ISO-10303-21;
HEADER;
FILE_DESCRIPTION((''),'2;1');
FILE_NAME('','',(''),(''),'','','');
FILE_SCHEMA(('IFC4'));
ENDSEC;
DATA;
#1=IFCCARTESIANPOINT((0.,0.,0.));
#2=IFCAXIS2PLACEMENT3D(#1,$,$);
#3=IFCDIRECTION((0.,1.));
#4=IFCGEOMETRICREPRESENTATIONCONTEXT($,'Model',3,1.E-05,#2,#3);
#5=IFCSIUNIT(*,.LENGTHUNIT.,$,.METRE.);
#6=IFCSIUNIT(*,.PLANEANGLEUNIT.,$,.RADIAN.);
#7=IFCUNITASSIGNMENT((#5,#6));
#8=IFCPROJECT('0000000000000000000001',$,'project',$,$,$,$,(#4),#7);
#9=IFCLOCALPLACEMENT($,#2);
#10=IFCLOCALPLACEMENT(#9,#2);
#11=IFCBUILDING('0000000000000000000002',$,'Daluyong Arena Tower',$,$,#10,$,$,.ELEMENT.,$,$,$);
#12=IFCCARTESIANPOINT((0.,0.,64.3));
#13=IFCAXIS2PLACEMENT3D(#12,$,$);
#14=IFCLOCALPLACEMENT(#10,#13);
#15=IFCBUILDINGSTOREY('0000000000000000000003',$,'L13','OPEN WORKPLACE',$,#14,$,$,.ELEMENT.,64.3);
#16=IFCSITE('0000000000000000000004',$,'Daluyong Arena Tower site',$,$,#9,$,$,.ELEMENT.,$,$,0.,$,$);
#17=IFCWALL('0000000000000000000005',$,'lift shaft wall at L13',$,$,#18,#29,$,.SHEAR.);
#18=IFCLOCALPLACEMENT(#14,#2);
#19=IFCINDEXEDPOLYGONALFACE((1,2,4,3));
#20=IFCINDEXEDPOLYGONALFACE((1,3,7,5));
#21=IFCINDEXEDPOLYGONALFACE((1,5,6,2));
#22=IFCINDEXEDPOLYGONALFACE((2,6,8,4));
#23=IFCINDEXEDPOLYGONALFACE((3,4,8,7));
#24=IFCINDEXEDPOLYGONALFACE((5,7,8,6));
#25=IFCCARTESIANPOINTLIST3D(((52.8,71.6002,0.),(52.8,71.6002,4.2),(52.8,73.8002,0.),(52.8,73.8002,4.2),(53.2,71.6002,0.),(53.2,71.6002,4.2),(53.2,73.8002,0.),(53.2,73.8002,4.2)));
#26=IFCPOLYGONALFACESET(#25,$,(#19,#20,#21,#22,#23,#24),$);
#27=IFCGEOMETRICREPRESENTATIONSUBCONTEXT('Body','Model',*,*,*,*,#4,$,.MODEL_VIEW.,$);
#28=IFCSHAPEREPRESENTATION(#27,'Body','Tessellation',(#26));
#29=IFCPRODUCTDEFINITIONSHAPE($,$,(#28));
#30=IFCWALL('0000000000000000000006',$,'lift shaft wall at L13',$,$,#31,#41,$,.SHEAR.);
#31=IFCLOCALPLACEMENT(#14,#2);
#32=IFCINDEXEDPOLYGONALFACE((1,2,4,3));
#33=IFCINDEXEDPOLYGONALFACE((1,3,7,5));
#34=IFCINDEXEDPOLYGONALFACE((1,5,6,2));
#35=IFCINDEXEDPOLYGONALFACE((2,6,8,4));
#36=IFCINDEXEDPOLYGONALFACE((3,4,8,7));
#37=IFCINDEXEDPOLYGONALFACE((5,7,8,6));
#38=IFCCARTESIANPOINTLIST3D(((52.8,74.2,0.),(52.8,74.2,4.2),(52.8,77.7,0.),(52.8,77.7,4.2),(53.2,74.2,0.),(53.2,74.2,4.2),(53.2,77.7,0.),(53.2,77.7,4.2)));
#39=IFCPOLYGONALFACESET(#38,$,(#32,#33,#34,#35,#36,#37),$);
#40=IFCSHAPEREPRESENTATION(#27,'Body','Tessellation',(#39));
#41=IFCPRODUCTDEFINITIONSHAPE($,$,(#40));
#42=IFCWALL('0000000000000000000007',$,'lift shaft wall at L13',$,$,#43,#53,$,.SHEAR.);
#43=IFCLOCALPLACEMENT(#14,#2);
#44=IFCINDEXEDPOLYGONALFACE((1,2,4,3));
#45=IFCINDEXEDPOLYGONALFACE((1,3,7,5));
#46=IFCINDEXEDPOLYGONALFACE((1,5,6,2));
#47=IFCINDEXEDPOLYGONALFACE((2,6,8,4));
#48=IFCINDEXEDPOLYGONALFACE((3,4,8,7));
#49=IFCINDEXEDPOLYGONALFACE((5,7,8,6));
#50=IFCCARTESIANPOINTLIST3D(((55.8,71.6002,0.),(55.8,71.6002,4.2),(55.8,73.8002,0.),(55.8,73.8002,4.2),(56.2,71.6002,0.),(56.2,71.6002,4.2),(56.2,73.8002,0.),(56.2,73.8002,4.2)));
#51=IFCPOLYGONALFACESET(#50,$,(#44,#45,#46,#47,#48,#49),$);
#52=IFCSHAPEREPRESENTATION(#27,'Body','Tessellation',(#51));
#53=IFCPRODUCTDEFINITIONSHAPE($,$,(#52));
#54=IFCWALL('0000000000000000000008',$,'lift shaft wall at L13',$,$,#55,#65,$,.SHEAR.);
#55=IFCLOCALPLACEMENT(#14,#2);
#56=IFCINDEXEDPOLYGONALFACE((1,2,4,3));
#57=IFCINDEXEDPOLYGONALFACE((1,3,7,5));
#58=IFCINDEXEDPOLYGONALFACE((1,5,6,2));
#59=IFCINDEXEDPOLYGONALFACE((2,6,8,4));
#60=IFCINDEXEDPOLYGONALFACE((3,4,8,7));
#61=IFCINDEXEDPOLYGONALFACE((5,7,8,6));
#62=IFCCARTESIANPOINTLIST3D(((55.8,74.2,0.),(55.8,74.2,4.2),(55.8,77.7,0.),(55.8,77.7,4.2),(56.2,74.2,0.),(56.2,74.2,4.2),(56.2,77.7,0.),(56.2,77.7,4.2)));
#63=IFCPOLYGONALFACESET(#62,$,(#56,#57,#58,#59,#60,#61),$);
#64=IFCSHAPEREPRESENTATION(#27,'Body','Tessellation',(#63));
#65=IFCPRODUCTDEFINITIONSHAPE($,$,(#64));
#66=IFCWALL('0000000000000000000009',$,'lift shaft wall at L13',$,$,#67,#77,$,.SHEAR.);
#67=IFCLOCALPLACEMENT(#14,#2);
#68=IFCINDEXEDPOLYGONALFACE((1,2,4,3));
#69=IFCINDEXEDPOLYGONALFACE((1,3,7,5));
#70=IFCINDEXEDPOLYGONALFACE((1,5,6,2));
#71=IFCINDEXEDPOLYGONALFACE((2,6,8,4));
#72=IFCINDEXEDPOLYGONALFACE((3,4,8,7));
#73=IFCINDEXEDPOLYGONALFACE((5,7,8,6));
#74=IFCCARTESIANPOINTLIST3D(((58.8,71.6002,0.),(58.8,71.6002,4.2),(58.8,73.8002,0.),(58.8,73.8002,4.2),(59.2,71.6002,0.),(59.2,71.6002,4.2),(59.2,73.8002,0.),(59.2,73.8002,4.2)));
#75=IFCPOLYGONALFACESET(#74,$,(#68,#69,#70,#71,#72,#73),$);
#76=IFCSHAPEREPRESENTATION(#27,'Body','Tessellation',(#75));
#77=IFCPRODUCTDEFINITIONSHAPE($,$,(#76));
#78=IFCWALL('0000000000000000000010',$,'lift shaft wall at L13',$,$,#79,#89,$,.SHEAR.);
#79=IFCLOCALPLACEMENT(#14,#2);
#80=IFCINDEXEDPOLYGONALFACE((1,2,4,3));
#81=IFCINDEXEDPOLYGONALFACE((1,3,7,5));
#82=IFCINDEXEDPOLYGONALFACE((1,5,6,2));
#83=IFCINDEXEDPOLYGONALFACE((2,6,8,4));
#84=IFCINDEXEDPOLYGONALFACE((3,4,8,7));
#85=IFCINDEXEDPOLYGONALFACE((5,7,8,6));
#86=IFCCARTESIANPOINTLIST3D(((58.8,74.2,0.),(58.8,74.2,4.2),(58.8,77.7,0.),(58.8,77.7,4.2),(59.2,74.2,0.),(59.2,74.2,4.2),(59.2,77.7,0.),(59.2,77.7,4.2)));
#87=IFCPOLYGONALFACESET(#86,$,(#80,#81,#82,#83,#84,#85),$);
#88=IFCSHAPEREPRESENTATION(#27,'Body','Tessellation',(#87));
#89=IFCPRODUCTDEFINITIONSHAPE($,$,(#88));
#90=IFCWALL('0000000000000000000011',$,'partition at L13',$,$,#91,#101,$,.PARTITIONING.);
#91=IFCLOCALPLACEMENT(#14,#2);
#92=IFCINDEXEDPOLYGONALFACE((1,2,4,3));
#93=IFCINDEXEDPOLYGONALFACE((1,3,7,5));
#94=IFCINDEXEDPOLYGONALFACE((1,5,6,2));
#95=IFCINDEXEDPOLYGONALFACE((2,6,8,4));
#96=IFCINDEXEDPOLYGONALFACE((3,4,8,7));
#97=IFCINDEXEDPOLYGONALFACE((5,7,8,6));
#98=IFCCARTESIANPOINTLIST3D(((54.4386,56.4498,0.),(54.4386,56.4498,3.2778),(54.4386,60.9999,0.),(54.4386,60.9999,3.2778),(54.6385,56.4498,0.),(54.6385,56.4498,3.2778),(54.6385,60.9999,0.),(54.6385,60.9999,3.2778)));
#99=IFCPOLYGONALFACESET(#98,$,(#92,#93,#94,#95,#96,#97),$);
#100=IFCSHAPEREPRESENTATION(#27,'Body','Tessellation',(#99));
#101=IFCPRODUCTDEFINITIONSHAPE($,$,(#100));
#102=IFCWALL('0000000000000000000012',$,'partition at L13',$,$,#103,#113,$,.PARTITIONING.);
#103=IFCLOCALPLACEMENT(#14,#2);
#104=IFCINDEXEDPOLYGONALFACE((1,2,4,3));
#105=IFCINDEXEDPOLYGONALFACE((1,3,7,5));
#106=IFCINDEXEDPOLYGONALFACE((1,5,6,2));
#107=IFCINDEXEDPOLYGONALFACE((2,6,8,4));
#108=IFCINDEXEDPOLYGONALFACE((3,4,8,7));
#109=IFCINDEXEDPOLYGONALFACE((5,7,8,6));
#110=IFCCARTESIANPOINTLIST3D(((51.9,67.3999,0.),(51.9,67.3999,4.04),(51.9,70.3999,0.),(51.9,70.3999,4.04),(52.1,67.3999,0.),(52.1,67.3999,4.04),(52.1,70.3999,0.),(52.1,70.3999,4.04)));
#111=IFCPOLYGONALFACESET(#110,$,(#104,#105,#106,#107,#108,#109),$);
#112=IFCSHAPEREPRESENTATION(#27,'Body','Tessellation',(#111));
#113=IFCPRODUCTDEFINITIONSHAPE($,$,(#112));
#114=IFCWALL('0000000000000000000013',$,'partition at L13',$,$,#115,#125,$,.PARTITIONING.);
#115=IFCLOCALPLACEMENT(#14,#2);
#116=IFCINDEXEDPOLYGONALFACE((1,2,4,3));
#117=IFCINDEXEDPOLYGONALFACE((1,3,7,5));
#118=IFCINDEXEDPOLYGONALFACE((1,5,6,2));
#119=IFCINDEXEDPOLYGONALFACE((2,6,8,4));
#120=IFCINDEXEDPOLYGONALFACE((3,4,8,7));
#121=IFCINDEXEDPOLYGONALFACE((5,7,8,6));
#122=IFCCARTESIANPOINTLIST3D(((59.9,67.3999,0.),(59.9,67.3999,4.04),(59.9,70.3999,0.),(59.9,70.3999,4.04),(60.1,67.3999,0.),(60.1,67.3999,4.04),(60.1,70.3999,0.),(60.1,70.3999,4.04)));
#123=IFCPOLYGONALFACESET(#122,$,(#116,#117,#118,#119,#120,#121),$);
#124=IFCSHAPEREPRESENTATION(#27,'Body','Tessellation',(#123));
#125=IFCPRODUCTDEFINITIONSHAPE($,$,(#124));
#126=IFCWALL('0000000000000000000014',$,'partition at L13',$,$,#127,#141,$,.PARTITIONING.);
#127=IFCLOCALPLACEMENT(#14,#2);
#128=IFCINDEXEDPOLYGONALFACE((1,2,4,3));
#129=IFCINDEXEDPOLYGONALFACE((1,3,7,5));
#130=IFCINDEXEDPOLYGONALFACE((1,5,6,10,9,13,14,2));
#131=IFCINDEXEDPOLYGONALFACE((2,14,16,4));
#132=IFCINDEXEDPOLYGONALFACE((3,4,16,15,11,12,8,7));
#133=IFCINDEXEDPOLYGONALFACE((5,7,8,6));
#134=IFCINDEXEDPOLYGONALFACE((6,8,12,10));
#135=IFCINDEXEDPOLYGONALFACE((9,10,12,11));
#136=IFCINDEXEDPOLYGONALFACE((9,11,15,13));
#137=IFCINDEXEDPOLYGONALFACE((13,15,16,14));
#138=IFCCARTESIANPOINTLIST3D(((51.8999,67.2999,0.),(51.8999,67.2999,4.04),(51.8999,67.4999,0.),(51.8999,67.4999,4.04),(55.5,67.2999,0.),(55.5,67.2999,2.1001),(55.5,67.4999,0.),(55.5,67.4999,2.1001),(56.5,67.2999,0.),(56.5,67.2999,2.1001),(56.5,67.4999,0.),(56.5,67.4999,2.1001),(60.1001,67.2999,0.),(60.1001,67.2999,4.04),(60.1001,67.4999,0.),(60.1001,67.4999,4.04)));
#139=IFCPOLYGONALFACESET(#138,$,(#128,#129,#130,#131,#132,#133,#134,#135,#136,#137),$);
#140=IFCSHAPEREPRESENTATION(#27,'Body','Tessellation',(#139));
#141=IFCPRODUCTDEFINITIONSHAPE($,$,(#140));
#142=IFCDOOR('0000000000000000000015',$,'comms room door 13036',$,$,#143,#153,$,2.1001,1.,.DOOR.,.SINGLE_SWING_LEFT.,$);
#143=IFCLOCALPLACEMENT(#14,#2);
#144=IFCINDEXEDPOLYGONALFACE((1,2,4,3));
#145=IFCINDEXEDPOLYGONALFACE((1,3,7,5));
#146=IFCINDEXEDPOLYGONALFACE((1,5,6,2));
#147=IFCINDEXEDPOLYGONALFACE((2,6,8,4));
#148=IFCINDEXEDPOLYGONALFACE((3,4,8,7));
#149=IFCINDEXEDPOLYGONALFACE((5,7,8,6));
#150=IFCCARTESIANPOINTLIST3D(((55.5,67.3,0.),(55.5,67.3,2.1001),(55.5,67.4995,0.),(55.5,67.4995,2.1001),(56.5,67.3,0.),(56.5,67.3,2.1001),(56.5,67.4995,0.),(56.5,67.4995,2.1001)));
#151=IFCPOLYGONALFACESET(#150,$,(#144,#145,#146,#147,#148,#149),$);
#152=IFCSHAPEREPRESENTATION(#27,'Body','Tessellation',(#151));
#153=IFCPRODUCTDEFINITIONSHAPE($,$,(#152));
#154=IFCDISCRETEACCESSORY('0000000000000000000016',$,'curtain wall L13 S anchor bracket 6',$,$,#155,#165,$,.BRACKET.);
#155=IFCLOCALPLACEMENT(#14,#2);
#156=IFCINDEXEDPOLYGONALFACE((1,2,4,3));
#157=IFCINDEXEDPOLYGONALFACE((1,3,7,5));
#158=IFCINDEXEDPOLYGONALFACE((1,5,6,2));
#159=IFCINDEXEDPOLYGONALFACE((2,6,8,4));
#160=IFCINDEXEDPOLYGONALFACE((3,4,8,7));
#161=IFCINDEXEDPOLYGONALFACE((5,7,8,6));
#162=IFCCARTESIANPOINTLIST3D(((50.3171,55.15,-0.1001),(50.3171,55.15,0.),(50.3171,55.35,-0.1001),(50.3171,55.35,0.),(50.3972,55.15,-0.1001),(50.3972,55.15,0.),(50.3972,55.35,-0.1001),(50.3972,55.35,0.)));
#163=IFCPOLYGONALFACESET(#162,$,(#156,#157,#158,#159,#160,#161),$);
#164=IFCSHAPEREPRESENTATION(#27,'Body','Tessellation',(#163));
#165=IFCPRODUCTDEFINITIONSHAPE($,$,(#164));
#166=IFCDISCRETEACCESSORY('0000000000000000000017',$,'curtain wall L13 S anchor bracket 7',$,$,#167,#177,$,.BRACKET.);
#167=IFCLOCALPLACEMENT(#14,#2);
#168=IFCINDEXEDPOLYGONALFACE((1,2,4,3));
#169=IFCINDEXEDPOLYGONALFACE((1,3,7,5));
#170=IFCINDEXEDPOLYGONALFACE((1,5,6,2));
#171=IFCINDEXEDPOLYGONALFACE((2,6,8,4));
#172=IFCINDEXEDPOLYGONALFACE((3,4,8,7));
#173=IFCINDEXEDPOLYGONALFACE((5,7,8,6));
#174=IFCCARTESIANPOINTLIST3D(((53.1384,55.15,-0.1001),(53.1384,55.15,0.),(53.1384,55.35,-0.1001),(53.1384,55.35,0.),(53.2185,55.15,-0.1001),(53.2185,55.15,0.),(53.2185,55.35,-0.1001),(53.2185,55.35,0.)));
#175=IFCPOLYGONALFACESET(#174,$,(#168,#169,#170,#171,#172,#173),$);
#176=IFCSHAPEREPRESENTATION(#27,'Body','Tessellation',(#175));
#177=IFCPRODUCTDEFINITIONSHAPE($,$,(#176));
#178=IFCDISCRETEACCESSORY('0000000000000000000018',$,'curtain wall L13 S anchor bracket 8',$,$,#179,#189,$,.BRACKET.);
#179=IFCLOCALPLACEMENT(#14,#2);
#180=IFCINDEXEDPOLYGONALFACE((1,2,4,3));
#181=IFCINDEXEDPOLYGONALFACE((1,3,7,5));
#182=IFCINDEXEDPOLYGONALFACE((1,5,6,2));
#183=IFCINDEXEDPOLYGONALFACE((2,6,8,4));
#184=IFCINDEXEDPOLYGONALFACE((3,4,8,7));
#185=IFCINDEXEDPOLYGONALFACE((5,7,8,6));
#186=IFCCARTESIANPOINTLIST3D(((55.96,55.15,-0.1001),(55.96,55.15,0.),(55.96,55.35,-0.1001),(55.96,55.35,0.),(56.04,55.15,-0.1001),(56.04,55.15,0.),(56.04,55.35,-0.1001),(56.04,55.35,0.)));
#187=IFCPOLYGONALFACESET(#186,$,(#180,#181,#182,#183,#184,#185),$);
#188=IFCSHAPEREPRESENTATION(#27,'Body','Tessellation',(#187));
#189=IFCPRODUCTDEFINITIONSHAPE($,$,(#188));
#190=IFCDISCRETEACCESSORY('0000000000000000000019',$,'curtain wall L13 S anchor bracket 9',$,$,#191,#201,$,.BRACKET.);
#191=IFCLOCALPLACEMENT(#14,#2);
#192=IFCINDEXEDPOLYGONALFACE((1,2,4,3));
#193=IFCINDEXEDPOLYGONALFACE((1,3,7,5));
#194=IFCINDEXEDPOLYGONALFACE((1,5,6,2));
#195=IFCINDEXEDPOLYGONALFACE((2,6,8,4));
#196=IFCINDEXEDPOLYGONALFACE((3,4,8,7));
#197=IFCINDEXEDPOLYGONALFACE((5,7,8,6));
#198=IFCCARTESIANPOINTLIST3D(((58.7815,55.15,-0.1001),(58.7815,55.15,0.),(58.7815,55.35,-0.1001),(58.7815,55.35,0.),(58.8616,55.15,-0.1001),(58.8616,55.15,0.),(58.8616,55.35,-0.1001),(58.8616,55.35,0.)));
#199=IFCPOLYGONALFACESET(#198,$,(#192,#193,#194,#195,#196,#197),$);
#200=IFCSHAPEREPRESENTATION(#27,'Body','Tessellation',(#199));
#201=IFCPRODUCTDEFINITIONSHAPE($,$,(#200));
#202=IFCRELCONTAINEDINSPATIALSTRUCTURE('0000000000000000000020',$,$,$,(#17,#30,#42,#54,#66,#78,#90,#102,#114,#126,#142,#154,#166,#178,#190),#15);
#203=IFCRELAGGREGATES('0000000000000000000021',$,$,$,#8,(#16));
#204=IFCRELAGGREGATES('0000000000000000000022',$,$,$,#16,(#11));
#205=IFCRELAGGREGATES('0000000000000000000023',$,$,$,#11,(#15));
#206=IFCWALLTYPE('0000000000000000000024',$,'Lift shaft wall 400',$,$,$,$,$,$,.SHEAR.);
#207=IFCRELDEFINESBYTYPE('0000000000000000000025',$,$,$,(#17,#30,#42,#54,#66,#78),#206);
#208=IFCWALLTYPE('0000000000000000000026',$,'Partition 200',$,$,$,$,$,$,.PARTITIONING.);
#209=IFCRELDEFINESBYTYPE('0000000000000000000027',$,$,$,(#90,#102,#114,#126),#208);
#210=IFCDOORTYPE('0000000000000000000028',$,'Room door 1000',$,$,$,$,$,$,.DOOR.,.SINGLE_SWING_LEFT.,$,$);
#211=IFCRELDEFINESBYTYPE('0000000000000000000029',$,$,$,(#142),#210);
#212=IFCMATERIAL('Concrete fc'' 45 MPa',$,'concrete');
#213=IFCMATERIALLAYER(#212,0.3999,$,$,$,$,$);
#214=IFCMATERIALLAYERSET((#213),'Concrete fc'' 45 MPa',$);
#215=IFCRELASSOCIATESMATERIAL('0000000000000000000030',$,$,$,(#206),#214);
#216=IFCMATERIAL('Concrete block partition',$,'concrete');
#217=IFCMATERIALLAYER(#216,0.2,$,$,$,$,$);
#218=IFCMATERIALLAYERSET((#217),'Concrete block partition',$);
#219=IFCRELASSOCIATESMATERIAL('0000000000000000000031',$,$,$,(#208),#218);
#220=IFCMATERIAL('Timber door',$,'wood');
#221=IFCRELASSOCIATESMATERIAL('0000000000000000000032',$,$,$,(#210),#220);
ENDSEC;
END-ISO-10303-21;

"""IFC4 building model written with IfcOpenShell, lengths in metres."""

from ifc_helpers import new_model, si_unit, direction, frame, frame_2d, origin, origin_2d, place, context, subcontext, project, spatial, rectangle, extrude, material, layer, layer_set, type_object, element, fill, save


model = new_model("IFC4")

# Units and contexts
model_context = context("Model", 3, precision=1e-05, world=origin(), true_north=direction((0.0, 1.0)))
body_context = subcontext(model_context, "Body", "Model", "MODEL_VIEW")
ifc_project = project(units=[si_unit("LENGTHUNIT", "METRE"), si_unit("PLANEANGLEUNIT", "RADIAN")], contexts=[model_context])

# Site, building, storey
site_placement = place(None, origin())
site = spatial("IfcSite", under=ifc_project, at=site_placement, Name="Daluyong Arena Tower site", CompositionType="ELEMENT", RefElevation=0.0)
building_placement = place(site_placement, origin())
building = spatial("IfcBuilding", under=site, at=building_placement, Name="Daluyong Arena Tower", CompositionType="ELEMENT")
storey_placement = place(building_placement, frame((0.0, 0.0, 64.3)))
storey = spatial("IfcBuildingStorey", under=building, at=storey_placement, Name="L13", Description="OPEN WORKPLACE", CompositionType="ELEMENT", Elevation=64.3)

# Walls
ifc_material_1 = material(Name="Concrete fc' 45 MPa", Category="concrete")
ifc_layer_1 = layer(ifc_material_1, 0.3999)
ifc_layer_set_1 = layer_set([ifc_layer_1], Name="Concrete fc' 45 MPa")
wall_type_1 = type_object("IfcWallType", Name="Lift shaft wall 400", PredefinedType="SHEAR", material=ifc_layer_set_1)
wall_1_placement = place(storey_placement, frame((53.0, 71.6001, 0.0), z_axis=(0.0, 0.0, 1.0), x_axis=(0.0, 1.0, 0.0)))
element("IfcWall", 1, at=wall_1_placement, inside=storey, type_object=wall_type_1, Name="lift shaft wall at L13", PredefinedType="SHEAR", context=body_context, shape_type="SweptSolid", body=[
    extrude(rectangle(XDim=2.2, YDim=0.3999, at=frame_2d((1.1001, 0.0))), origin(), (0.0, 0.0, 1.0), 4.2),
])
wall_2_placement = place(storey_placement, frame((53.0, 74.2, 0.0), z_axis=(0.0, 0.0, 1.0), x_axis=(0.0, 1.0, 0.0)))
element("IfcWall", 2, at=wall_2_placement, inside=storey, type_object=wall_type_1, Name="lift shaft wall at L13", PredefinedType="SHEAR", context=body_context, shape_type="SweptSolid", body=[
    extrude(rectangle(XDim=3.5, YDim=0.3999, at=frame_2d((1.75, 0.0))), origin(), (0.0, 0.0, 1.0), 4.2),
])
wall_3_placement = place(storey_placement, frame((56.0, 71.6001, 0.0), z_axis=(0.0, 0.0, 1.0), x_axis=(0.0, 1.0, 0.0)))
element("IfcWall", 3, at=wall_3_placement, inside=storey, type_object=wall_type_1, Name="lift shaft wall at L13", PredefinedType="SHEAR", context=body_context, shape_type="SweptSolid", body=[
    extrude(rectangle(XDim=2.2, YDim=0.3999, at=frame_2d((1.1001, 0.0))), origin(), (0.0, 0.0, 1.0), 4.2),
])
wall_4_placement = place(storey_placement, frame((56.0, 74.2, 0.0), z_axis=(0.0, 0.0, 1.0), x_axis=(0.0, 1.0, 0.0)))
element("IfcWall", 4, at=wall_4_placement, inside=storey, type_object=wall_type_1, Name="lift shaft wall at L13", PredefinedType="SHEAR", context=body_context, shape_type="SweptSolid", body=[
    extrude(rectangle(XDim=3.5, YDim=0.3999, at=frame_2d((1.75, 0.0))), origin(), (0.0, 0.0, 1.0), 4.2),
])
wall_5_placement = place(storey_placement, frame((59.0, 71.6001, 0.0), z_axis=(0.0, 0.0, 1.0), x_axis=(0.0, 1.0, 0.0)))
element("IfcWall", 5, at=wall_5_placement, inside=storey, type_object=wall_type_1, Name="lift shaft wall at L13", PredefinedType="SHEAR", context=body_context, shape_type="SweptSolid", body=[
    extrude(rectangle(XDim=2.2, YDim=0.3999, at=frame_2d((1.1001, 0.0))), origin(), (0.0, 0.0, 1.0), 4.2),
])
wall_6_placement = place(storey_placement, frame((59.0, 74.2, 0.0), z_axis=(0.0, 0.0, 1.0), x_axis=(0.0, 1.0, 0.0)))
element("IfcWall", 6, at=wall_6_placement, inside=storey, type_object=wall_type_1, Name="lift shaft wall at L13", PredefinedType="SHEAR", context=body_context, shape_type="SweptSolid", body=[
    extrude(rectangle(XDim=3.5, YDim=0.3999, at=frame_2d((1.75, 0.0))), origin(), (0.0, 0.0, 1.0), 4.2),
])
ifc_material_2 = material(Name="Concrete block partition", Category="concrete")
ifc_layer_2 = layer(ifc_material_2, 0.2)
ifc_layer_set_2 = layer_set([ifc_layer_2], Name="Concrete block partition")
wall_type_2 = type_object("IfcWallType", Name="Partition 200", PredefinedType="PARTITIONING", material=ifc_layer_set_2)
wall_7_placement = place(storey_placement, frame((54.5386, 56.45, 0.0), z_axis=(0.0, 0.0, 1.0), x_axis=(0.0, 1.0, 0.0)))
element("IfcWall", 7, at=wall_7_placement, inside=storey, type_object=wall_type_2, Name="partition at L13", PredefinedType="PARTITIONING", context=body_context, shape_type="SweptSolid", body=[
    extrude(rectangle(XDim=4.55, YDim=0.2, at=frame_2d((2.2749, 0.0))), origin(), (0.0, 0.0, 1.0), 3.2778),
])
for number, where, z_axis, x_axis, name in (
    (8, (52.0, 67.3999, 0.0), (0.0, 0.0, 1.0), (0.0, 1.0, 0.0), "partition at L13"),
    (9, (60.0, 67.3999, 0.0), (0.0, 0.0, 1.0), (0.0, 1.0, 0.0), "partition at L13"),
):
    element("IfcWall", number, at=place(storey_placement, frame(where, z_axis=z_axis, x_axis=x_axis)), inside=storey, type_object=wall_type_2, Name=name, PredefinedType="PARTITIONING", context=body_context, shape_type="SweptSolid", body=[
        extrude(rectangle(XDim=3.0, YDim=0.2, at=frame_2d((1.5, 0.0))), origin(), (0.0, 0.0, 1.0), 4.04),
    ])

# Wall, opening, door
wall_8_placement = place(storey_placement, frame((51.8999, 67.3999, 0.0), z_axis=(0.0, 0.0, 1.0), x_axis=(1.0, 0.0, 0.0)))
wall_8 = element("IfcWall", 10, at=wall_8_placement, inside=storey, type_object=wall_type_2, Name="partition at L13", PredefinedType="PARTITIONING", context=body_context, shape_type="SweptSolid", body=[
    extrude(rectangle(XDim=8.2002, YDim=0.2, at=frame_2d((4.1001, 0.0))), origin(), (0.0, 0.0, 1.0), 4.04),
])
opening_placement = place(wall_8_placement, frame((3.6001, 0.0, 0.0)))
opening = element("IfcOpeningElement", 11, at=opening_placement, cuts=wall_8, PredefinedType="OPENING", context=body_context, shape_type="SweptSolid", body=[
    extrude(rectangle(XDim=1.0, YDim=2.1001, at=frame_2d((0.5, 1.05))), frame((0.0, 0.1099, 0.0), z_axis=(0.0, -1.0, 0.0), x_axis=(1.0, 0.0, 0.0)), (0.0, 0.0, 1.0), 0.22),
])
ifc_material_3 = material(Name="Timber door", Category="wood")
door_type = type_object("IfcDoorType", Name="Room door 1000", OperationType="SINGLE_SWING_LEFT", PredefinedType="DOOR", material=ifc_material_3)
door_placement = place(opening_placement, origin())
door = element("IfcDoor", 12, at=door_placement, inside=storey, type_object=door_type, Name="comms room door 13036", OperationType="SINGLE_SWING_LEFT", OverallHeight=2.1001, OverallWidth=1.0, PredefinedType="DOOR", context=body_context, shape_type="SweptSolid", body=[
    extrude(rectangle(XDim=1.0, YDim=2.1001, at=frame_2d((0.5, 1.05))), frame((0.0, 0.0996, 0.0), z_axis=(0.0, -1.0, 0.0), x_axis=(1.0, 0.0, 0.0)), (0.0, 0.0, 1.0), 0.1995),
])
fill(opening, door)

# Discrete accessories
for number, where, z_axis, x_axis, name in (
    (13, (50.3572, 55.25, -0.1001), (0.0, 0.0, 1.0), (1.0, 0.0, 0.0), "curtain wall L13 S anchor bracket 6"),
    (14, (53.1785, 55.25, -0.1001), (0.0, 0.0, 1.0), (1.0, 0.0, 0.0), "curtain wall L13 S anchor bracket 7"),
    (15, (56.0, 55.25, -0.1001), (0.0, 0.0, 1.0), (1.0, 0.0, 0.0), "curtain wall L13 S anchor bracket 8"),
    (16, (58.8215, 55.25, -0.1001), (0.0, 0.0, 1.0), (1.0, 0.0, 0.0), "curtain wall L13 S anchor bracket 9"),
):
    element("IfcDiscreteAccessory", number, at=place(storey_placement, frame(where, z_axis=z_axis, x_axis=x_axis)), inside=storey, Name=name, PredefinedType="BRACKET", context=body_context, shape_type="SweptSolid", body=[
        extrude(rectangle(XDim=0.0801, YDim=0.2, at=origin_2d()), origin(), (0.0, 0.0, 1.0), 0.1001),
    ])

save(model, "model.ifc")
